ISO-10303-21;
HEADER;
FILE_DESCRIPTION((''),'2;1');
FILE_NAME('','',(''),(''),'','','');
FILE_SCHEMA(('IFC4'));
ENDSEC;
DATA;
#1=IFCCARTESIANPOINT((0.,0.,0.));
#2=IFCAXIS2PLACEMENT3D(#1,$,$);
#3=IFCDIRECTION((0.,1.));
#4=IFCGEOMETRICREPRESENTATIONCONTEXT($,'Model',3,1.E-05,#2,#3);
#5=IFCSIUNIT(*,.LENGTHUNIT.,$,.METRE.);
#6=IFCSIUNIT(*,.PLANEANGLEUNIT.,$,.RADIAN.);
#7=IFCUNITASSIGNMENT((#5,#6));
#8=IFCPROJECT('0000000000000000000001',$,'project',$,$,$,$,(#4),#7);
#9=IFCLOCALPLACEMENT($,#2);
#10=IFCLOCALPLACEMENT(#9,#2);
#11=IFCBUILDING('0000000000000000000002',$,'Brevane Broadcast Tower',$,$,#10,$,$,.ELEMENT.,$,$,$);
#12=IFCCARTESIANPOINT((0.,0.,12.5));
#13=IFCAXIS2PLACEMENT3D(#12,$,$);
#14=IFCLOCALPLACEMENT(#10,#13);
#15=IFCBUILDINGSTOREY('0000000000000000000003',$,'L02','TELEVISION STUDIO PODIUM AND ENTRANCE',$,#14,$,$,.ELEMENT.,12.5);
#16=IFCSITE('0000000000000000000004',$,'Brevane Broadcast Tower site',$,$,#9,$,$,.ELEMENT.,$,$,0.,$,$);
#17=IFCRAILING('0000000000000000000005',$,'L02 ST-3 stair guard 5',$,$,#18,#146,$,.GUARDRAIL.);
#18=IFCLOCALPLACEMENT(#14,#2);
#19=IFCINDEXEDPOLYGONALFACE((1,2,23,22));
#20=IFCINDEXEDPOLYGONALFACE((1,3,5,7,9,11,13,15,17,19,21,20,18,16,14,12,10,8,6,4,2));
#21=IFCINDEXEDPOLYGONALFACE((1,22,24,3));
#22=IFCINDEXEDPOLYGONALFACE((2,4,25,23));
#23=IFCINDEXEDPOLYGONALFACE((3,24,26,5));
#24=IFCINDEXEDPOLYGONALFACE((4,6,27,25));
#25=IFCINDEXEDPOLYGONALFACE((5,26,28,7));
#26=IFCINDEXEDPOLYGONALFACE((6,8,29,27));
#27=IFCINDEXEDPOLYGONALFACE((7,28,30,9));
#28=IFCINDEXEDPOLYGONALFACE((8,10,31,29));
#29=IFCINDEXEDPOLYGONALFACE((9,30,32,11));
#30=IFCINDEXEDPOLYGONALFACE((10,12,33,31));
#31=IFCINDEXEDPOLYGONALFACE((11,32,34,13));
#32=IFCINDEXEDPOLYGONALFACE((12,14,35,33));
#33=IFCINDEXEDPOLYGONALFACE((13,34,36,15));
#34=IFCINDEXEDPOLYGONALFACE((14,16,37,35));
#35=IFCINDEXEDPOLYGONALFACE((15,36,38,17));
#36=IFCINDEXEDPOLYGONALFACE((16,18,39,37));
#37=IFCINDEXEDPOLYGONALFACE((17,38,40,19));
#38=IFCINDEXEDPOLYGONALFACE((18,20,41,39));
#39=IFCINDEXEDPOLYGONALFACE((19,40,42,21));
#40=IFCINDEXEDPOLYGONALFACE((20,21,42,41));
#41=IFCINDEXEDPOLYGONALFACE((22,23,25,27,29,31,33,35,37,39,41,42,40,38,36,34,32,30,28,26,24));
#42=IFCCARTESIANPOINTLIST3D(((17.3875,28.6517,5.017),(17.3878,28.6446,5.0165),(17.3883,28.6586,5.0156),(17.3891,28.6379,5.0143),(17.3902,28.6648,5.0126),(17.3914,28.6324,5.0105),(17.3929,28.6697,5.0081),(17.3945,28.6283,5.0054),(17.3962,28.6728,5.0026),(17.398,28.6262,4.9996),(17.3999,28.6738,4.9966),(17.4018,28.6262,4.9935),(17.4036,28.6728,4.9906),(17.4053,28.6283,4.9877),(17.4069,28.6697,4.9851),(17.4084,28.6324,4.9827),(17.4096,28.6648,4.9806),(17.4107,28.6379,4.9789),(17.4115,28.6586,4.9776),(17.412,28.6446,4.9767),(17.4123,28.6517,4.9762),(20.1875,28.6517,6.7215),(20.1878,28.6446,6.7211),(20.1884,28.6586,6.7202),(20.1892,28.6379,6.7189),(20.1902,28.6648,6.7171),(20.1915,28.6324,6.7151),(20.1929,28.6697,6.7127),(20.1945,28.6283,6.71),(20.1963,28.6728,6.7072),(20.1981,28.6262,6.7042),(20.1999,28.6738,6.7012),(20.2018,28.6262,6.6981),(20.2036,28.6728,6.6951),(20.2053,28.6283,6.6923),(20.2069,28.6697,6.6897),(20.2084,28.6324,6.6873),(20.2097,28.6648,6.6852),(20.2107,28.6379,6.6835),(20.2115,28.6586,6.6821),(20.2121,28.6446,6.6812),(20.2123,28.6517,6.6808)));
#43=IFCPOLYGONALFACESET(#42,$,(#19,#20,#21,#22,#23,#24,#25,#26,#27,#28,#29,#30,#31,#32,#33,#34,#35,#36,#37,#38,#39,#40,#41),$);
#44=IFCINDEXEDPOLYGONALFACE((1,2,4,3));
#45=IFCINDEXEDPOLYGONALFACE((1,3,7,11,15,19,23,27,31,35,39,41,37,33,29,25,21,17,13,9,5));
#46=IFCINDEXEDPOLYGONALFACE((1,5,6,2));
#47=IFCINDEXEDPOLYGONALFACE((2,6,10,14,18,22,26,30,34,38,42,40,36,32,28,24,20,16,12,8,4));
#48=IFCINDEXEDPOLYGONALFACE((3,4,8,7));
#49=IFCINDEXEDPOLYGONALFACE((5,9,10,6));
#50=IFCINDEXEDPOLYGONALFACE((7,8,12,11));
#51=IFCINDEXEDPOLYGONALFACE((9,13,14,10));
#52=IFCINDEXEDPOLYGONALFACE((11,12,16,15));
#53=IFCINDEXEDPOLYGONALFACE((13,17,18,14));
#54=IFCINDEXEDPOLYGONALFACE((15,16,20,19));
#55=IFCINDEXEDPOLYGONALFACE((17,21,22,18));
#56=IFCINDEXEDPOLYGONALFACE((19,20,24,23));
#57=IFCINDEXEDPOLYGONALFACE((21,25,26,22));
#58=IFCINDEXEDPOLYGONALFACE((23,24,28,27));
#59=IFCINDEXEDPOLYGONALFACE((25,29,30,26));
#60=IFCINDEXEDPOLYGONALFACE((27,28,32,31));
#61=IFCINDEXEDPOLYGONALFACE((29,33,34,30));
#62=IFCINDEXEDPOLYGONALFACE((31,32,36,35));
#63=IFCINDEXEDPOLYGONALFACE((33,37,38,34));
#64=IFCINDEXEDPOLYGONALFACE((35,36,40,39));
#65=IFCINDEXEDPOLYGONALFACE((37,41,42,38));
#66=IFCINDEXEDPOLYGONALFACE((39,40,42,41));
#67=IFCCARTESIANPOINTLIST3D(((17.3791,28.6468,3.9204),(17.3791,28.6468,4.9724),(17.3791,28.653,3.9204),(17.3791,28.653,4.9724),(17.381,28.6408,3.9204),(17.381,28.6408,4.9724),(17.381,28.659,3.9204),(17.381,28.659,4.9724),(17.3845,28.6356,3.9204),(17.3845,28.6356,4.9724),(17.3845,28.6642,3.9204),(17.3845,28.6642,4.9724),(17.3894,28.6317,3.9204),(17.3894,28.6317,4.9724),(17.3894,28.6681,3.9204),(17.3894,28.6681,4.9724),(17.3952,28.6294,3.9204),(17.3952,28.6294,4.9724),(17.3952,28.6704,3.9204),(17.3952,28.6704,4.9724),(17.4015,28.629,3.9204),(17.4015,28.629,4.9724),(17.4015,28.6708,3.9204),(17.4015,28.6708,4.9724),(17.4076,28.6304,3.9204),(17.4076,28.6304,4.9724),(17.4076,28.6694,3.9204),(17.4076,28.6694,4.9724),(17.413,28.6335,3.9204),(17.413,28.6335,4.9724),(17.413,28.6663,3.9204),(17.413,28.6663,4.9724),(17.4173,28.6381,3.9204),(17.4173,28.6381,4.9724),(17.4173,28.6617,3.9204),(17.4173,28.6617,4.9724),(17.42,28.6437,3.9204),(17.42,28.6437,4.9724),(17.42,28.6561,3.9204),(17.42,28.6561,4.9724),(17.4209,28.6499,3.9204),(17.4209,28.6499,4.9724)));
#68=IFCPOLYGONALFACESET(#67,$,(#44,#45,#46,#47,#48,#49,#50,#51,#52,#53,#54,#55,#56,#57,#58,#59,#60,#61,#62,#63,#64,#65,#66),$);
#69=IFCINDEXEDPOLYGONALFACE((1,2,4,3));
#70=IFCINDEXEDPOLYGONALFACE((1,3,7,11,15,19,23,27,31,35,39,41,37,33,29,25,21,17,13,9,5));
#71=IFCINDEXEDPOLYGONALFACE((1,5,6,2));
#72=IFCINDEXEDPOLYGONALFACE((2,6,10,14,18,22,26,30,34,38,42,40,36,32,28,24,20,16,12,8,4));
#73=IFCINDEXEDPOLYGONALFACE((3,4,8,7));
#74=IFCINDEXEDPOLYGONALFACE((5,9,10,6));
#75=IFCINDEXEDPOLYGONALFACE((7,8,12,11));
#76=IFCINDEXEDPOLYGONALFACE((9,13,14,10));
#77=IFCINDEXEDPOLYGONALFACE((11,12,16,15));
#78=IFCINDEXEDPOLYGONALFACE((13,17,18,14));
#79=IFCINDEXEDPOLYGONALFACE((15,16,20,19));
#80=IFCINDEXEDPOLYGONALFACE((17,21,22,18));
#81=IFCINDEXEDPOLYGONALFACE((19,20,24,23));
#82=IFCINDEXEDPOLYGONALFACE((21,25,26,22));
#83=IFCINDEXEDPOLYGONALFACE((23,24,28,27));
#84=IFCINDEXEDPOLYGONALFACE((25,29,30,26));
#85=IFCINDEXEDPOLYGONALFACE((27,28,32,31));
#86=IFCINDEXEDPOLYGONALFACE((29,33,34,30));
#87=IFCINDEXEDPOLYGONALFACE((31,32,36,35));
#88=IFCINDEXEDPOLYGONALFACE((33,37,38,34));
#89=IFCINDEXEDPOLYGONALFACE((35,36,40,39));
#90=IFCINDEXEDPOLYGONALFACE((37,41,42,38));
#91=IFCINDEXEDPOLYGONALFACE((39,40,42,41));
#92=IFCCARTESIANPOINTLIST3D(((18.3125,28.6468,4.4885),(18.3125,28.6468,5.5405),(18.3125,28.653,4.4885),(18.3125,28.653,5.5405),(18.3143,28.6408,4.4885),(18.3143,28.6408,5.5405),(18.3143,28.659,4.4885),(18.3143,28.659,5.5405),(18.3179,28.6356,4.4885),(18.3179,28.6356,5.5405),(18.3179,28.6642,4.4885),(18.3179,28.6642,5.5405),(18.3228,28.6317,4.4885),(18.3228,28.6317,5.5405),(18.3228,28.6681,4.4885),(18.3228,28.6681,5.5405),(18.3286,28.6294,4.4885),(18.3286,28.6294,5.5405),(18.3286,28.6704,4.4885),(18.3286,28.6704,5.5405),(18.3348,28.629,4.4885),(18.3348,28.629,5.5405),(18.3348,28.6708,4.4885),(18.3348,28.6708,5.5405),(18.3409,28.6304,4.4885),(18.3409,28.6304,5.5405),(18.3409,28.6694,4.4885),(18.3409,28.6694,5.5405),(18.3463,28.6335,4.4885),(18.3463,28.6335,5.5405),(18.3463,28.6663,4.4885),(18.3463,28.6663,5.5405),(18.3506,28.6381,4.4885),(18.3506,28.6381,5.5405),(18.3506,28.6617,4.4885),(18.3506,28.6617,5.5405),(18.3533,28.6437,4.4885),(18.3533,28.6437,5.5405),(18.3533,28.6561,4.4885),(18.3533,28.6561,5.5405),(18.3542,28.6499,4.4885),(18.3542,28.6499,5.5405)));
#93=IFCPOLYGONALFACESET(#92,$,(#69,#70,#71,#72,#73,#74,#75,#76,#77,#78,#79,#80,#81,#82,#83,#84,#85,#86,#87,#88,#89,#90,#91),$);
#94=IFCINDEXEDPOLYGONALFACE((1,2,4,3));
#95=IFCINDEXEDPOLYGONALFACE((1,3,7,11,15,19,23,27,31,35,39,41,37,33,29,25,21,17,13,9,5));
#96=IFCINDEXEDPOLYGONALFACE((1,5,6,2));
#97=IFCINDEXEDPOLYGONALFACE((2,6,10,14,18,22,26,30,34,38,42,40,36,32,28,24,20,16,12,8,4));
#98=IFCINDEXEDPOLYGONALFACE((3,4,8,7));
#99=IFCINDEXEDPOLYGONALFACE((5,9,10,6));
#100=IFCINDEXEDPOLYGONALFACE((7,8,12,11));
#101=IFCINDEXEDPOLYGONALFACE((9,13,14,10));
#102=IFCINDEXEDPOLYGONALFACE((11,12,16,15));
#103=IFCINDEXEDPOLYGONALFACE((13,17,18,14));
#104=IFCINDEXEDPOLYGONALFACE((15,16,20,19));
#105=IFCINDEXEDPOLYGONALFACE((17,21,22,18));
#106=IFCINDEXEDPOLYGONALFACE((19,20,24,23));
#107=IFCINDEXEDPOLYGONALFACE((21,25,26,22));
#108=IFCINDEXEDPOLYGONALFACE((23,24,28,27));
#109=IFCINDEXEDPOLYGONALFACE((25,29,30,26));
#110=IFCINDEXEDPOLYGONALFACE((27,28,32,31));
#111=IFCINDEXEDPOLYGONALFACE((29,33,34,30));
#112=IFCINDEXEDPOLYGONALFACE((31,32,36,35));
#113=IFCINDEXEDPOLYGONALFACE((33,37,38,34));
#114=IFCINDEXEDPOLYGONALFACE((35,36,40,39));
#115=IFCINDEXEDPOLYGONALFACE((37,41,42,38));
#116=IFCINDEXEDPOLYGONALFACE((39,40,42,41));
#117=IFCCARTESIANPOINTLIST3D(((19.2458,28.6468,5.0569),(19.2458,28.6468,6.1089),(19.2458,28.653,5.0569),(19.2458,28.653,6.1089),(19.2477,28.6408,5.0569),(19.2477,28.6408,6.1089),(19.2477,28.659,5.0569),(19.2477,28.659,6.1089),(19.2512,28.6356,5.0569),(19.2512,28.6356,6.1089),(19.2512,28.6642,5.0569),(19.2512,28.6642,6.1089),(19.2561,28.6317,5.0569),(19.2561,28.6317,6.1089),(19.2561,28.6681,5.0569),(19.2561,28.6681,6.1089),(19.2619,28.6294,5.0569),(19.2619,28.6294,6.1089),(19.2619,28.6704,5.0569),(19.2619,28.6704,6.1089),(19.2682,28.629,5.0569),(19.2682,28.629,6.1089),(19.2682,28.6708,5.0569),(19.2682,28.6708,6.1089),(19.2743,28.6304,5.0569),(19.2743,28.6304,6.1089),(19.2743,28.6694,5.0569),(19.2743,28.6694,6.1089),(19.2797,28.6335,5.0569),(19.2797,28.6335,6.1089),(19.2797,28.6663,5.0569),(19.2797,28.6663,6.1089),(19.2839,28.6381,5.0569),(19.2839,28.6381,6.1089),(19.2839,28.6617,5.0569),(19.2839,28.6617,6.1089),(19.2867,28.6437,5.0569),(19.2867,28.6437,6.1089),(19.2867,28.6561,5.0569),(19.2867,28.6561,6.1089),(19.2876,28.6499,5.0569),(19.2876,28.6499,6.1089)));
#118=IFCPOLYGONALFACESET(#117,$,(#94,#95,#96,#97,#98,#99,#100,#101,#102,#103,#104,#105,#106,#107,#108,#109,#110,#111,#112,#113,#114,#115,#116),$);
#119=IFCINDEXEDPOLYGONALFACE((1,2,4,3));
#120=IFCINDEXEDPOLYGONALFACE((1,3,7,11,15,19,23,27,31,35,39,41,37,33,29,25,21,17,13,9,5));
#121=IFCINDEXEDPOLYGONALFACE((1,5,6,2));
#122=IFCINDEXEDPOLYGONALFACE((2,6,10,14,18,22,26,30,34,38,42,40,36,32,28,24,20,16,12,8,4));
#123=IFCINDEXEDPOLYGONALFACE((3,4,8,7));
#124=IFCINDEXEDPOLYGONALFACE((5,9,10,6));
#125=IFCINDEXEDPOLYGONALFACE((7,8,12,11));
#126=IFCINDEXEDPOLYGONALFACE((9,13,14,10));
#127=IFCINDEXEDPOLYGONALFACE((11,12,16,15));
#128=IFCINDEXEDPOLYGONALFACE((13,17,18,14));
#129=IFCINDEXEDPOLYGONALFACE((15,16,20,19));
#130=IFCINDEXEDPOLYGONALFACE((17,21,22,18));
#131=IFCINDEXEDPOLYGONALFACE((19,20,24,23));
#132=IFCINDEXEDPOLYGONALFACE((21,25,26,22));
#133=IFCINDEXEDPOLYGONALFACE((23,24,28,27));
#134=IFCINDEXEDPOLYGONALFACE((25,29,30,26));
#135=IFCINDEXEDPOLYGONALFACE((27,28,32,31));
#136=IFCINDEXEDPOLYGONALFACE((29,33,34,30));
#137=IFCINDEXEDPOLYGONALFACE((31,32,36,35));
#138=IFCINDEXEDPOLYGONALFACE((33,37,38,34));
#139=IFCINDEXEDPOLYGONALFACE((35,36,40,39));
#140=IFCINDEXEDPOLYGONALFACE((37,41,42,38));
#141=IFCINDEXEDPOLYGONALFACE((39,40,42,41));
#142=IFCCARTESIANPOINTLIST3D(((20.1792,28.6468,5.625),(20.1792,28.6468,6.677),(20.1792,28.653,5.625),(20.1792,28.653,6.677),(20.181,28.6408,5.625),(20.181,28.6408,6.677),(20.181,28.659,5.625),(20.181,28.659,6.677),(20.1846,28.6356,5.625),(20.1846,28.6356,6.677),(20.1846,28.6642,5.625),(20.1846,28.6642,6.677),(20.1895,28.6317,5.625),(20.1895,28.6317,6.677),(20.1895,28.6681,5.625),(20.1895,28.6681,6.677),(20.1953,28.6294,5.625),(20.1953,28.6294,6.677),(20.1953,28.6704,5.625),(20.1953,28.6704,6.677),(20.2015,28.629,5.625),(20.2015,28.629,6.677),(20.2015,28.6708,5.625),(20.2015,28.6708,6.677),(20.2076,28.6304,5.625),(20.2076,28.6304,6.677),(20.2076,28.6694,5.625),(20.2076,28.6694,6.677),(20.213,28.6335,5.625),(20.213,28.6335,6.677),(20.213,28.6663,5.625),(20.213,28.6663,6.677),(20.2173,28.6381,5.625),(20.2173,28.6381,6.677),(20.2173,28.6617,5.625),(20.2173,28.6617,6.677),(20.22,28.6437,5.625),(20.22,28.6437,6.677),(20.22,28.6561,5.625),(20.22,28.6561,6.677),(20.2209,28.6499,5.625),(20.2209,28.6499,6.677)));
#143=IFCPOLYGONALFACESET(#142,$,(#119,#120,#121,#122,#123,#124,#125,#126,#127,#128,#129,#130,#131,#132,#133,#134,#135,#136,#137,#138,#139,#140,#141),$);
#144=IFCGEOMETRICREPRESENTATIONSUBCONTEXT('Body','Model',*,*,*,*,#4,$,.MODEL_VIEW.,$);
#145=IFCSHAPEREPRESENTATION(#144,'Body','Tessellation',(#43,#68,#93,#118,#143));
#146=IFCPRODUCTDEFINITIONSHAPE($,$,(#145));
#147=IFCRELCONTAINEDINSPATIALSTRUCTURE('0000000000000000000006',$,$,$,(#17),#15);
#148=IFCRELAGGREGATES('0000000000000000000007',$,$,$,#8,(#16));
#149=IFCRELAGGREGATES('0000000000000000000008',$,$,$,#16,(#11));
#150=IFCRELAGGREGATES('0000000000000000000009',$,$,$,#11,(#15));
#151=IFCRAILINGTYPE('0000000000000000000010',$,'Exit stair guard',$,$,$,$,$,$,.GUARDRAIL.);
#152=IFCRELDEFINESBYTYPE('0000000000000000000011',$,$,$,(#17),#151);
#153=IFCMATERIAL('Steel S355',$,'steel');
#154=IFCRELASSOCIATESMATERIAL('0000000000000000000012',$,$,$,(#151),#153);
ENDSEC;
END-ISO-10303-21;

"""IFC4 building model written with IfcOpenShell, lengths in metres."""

from ifc_helpers import new_model, si_unit, direction, frame, origin, origin_2d, place, context, subcontext, project, spatial, circle, extrude, material, type_object, element, save


model = new_model("IFC4")

# Units and contexts
model_context = context("Model", 3, precision=1e-05, world=origin(), true_north=direction((0.0, 1.0)))
body_context = subcontext(model_context, "Body", "Model", "MODEL_VIEW")
ifc_project = project(units=[si_unit("LENGTHUNIT", "METRE"), si_unit("PLANEANGLEUNIT", "RADIAN")], contexts=[model_context])

# Site, building, storey
site_placement = place(None, origin())
site = spatial("IfcSite", under=ifc_project, at=site_placement, Name="Brevane Broadcast Tower site", CompositionType="ELEMENT", RefElevation=0.0)
building_placement = place(site_placement, origin())
building = spatial("IfcBuilding", under=site, at=building_placement, Name="Brevane Broadcast Tower", CompositionType="ELEMENT")
storey_placement = place(building_placement, frame((0.0, 0.0, 12.5)))
storey = spatial("IfcBuildingStorey", under=building, at=storey_placement, Name="L02", Description="TELEVISION STUDIO PODIUM AND ENTRANCE", CompositionType="ELEMENT", Elevation=12.5)

# Railing
ifc_material_1 = material(Name="Steel S355", Category="steel")
railing_type_1 = type_object("IfcRailingType", Name="Exit stair guard", PredefinedType="GUARDRAIL", material=ifc_material_1)
railing_1_placement = place(storey_placement, frame((17.3999, 28.6499, 3.9204)))
element("IfcRailing", 1, at=railing_1_placement, inside=storey, type_object=railing_type_1, Name="L02 ST-3 stair guard 5", PredefinedType="GUARDRAIL", context=body_context, shape_type="SweptSolid", body=[
    extrude(circle(Radius=0.0239, at=origin_2d()), frame((0.0, 0.0, 1.0762), z_axis=(0.85417, 0.0, 0.519994), x_axis=(0.0, 1.0, 0.0)), (0.0, 0.0, 1.0), 3.2781),
    extrude(circle(Radius=0.021, at=origin_2d()), origin(), (0.0, 0.0, 1.0), 1.052),
    extrude(circle(Radius=0.021, at=origin_2d()), frame((0.9333, 0.0, 0.5681)), (0.0, 0.0, 1.0), 1.052),
    extrude(circle(Radius=0.021, at=origin_2d()), frame((1.8667, 0.0, 1.1365)), (0.0, 0.0, 1.0), 1.052),
    extrude(circle(Radius=0.021, at=origin_2d()), frame((2.8, 0.0, 1.7046)), (0.0, 0.0, 1.0), 1.052),
])

save(model, "model.ifc")
